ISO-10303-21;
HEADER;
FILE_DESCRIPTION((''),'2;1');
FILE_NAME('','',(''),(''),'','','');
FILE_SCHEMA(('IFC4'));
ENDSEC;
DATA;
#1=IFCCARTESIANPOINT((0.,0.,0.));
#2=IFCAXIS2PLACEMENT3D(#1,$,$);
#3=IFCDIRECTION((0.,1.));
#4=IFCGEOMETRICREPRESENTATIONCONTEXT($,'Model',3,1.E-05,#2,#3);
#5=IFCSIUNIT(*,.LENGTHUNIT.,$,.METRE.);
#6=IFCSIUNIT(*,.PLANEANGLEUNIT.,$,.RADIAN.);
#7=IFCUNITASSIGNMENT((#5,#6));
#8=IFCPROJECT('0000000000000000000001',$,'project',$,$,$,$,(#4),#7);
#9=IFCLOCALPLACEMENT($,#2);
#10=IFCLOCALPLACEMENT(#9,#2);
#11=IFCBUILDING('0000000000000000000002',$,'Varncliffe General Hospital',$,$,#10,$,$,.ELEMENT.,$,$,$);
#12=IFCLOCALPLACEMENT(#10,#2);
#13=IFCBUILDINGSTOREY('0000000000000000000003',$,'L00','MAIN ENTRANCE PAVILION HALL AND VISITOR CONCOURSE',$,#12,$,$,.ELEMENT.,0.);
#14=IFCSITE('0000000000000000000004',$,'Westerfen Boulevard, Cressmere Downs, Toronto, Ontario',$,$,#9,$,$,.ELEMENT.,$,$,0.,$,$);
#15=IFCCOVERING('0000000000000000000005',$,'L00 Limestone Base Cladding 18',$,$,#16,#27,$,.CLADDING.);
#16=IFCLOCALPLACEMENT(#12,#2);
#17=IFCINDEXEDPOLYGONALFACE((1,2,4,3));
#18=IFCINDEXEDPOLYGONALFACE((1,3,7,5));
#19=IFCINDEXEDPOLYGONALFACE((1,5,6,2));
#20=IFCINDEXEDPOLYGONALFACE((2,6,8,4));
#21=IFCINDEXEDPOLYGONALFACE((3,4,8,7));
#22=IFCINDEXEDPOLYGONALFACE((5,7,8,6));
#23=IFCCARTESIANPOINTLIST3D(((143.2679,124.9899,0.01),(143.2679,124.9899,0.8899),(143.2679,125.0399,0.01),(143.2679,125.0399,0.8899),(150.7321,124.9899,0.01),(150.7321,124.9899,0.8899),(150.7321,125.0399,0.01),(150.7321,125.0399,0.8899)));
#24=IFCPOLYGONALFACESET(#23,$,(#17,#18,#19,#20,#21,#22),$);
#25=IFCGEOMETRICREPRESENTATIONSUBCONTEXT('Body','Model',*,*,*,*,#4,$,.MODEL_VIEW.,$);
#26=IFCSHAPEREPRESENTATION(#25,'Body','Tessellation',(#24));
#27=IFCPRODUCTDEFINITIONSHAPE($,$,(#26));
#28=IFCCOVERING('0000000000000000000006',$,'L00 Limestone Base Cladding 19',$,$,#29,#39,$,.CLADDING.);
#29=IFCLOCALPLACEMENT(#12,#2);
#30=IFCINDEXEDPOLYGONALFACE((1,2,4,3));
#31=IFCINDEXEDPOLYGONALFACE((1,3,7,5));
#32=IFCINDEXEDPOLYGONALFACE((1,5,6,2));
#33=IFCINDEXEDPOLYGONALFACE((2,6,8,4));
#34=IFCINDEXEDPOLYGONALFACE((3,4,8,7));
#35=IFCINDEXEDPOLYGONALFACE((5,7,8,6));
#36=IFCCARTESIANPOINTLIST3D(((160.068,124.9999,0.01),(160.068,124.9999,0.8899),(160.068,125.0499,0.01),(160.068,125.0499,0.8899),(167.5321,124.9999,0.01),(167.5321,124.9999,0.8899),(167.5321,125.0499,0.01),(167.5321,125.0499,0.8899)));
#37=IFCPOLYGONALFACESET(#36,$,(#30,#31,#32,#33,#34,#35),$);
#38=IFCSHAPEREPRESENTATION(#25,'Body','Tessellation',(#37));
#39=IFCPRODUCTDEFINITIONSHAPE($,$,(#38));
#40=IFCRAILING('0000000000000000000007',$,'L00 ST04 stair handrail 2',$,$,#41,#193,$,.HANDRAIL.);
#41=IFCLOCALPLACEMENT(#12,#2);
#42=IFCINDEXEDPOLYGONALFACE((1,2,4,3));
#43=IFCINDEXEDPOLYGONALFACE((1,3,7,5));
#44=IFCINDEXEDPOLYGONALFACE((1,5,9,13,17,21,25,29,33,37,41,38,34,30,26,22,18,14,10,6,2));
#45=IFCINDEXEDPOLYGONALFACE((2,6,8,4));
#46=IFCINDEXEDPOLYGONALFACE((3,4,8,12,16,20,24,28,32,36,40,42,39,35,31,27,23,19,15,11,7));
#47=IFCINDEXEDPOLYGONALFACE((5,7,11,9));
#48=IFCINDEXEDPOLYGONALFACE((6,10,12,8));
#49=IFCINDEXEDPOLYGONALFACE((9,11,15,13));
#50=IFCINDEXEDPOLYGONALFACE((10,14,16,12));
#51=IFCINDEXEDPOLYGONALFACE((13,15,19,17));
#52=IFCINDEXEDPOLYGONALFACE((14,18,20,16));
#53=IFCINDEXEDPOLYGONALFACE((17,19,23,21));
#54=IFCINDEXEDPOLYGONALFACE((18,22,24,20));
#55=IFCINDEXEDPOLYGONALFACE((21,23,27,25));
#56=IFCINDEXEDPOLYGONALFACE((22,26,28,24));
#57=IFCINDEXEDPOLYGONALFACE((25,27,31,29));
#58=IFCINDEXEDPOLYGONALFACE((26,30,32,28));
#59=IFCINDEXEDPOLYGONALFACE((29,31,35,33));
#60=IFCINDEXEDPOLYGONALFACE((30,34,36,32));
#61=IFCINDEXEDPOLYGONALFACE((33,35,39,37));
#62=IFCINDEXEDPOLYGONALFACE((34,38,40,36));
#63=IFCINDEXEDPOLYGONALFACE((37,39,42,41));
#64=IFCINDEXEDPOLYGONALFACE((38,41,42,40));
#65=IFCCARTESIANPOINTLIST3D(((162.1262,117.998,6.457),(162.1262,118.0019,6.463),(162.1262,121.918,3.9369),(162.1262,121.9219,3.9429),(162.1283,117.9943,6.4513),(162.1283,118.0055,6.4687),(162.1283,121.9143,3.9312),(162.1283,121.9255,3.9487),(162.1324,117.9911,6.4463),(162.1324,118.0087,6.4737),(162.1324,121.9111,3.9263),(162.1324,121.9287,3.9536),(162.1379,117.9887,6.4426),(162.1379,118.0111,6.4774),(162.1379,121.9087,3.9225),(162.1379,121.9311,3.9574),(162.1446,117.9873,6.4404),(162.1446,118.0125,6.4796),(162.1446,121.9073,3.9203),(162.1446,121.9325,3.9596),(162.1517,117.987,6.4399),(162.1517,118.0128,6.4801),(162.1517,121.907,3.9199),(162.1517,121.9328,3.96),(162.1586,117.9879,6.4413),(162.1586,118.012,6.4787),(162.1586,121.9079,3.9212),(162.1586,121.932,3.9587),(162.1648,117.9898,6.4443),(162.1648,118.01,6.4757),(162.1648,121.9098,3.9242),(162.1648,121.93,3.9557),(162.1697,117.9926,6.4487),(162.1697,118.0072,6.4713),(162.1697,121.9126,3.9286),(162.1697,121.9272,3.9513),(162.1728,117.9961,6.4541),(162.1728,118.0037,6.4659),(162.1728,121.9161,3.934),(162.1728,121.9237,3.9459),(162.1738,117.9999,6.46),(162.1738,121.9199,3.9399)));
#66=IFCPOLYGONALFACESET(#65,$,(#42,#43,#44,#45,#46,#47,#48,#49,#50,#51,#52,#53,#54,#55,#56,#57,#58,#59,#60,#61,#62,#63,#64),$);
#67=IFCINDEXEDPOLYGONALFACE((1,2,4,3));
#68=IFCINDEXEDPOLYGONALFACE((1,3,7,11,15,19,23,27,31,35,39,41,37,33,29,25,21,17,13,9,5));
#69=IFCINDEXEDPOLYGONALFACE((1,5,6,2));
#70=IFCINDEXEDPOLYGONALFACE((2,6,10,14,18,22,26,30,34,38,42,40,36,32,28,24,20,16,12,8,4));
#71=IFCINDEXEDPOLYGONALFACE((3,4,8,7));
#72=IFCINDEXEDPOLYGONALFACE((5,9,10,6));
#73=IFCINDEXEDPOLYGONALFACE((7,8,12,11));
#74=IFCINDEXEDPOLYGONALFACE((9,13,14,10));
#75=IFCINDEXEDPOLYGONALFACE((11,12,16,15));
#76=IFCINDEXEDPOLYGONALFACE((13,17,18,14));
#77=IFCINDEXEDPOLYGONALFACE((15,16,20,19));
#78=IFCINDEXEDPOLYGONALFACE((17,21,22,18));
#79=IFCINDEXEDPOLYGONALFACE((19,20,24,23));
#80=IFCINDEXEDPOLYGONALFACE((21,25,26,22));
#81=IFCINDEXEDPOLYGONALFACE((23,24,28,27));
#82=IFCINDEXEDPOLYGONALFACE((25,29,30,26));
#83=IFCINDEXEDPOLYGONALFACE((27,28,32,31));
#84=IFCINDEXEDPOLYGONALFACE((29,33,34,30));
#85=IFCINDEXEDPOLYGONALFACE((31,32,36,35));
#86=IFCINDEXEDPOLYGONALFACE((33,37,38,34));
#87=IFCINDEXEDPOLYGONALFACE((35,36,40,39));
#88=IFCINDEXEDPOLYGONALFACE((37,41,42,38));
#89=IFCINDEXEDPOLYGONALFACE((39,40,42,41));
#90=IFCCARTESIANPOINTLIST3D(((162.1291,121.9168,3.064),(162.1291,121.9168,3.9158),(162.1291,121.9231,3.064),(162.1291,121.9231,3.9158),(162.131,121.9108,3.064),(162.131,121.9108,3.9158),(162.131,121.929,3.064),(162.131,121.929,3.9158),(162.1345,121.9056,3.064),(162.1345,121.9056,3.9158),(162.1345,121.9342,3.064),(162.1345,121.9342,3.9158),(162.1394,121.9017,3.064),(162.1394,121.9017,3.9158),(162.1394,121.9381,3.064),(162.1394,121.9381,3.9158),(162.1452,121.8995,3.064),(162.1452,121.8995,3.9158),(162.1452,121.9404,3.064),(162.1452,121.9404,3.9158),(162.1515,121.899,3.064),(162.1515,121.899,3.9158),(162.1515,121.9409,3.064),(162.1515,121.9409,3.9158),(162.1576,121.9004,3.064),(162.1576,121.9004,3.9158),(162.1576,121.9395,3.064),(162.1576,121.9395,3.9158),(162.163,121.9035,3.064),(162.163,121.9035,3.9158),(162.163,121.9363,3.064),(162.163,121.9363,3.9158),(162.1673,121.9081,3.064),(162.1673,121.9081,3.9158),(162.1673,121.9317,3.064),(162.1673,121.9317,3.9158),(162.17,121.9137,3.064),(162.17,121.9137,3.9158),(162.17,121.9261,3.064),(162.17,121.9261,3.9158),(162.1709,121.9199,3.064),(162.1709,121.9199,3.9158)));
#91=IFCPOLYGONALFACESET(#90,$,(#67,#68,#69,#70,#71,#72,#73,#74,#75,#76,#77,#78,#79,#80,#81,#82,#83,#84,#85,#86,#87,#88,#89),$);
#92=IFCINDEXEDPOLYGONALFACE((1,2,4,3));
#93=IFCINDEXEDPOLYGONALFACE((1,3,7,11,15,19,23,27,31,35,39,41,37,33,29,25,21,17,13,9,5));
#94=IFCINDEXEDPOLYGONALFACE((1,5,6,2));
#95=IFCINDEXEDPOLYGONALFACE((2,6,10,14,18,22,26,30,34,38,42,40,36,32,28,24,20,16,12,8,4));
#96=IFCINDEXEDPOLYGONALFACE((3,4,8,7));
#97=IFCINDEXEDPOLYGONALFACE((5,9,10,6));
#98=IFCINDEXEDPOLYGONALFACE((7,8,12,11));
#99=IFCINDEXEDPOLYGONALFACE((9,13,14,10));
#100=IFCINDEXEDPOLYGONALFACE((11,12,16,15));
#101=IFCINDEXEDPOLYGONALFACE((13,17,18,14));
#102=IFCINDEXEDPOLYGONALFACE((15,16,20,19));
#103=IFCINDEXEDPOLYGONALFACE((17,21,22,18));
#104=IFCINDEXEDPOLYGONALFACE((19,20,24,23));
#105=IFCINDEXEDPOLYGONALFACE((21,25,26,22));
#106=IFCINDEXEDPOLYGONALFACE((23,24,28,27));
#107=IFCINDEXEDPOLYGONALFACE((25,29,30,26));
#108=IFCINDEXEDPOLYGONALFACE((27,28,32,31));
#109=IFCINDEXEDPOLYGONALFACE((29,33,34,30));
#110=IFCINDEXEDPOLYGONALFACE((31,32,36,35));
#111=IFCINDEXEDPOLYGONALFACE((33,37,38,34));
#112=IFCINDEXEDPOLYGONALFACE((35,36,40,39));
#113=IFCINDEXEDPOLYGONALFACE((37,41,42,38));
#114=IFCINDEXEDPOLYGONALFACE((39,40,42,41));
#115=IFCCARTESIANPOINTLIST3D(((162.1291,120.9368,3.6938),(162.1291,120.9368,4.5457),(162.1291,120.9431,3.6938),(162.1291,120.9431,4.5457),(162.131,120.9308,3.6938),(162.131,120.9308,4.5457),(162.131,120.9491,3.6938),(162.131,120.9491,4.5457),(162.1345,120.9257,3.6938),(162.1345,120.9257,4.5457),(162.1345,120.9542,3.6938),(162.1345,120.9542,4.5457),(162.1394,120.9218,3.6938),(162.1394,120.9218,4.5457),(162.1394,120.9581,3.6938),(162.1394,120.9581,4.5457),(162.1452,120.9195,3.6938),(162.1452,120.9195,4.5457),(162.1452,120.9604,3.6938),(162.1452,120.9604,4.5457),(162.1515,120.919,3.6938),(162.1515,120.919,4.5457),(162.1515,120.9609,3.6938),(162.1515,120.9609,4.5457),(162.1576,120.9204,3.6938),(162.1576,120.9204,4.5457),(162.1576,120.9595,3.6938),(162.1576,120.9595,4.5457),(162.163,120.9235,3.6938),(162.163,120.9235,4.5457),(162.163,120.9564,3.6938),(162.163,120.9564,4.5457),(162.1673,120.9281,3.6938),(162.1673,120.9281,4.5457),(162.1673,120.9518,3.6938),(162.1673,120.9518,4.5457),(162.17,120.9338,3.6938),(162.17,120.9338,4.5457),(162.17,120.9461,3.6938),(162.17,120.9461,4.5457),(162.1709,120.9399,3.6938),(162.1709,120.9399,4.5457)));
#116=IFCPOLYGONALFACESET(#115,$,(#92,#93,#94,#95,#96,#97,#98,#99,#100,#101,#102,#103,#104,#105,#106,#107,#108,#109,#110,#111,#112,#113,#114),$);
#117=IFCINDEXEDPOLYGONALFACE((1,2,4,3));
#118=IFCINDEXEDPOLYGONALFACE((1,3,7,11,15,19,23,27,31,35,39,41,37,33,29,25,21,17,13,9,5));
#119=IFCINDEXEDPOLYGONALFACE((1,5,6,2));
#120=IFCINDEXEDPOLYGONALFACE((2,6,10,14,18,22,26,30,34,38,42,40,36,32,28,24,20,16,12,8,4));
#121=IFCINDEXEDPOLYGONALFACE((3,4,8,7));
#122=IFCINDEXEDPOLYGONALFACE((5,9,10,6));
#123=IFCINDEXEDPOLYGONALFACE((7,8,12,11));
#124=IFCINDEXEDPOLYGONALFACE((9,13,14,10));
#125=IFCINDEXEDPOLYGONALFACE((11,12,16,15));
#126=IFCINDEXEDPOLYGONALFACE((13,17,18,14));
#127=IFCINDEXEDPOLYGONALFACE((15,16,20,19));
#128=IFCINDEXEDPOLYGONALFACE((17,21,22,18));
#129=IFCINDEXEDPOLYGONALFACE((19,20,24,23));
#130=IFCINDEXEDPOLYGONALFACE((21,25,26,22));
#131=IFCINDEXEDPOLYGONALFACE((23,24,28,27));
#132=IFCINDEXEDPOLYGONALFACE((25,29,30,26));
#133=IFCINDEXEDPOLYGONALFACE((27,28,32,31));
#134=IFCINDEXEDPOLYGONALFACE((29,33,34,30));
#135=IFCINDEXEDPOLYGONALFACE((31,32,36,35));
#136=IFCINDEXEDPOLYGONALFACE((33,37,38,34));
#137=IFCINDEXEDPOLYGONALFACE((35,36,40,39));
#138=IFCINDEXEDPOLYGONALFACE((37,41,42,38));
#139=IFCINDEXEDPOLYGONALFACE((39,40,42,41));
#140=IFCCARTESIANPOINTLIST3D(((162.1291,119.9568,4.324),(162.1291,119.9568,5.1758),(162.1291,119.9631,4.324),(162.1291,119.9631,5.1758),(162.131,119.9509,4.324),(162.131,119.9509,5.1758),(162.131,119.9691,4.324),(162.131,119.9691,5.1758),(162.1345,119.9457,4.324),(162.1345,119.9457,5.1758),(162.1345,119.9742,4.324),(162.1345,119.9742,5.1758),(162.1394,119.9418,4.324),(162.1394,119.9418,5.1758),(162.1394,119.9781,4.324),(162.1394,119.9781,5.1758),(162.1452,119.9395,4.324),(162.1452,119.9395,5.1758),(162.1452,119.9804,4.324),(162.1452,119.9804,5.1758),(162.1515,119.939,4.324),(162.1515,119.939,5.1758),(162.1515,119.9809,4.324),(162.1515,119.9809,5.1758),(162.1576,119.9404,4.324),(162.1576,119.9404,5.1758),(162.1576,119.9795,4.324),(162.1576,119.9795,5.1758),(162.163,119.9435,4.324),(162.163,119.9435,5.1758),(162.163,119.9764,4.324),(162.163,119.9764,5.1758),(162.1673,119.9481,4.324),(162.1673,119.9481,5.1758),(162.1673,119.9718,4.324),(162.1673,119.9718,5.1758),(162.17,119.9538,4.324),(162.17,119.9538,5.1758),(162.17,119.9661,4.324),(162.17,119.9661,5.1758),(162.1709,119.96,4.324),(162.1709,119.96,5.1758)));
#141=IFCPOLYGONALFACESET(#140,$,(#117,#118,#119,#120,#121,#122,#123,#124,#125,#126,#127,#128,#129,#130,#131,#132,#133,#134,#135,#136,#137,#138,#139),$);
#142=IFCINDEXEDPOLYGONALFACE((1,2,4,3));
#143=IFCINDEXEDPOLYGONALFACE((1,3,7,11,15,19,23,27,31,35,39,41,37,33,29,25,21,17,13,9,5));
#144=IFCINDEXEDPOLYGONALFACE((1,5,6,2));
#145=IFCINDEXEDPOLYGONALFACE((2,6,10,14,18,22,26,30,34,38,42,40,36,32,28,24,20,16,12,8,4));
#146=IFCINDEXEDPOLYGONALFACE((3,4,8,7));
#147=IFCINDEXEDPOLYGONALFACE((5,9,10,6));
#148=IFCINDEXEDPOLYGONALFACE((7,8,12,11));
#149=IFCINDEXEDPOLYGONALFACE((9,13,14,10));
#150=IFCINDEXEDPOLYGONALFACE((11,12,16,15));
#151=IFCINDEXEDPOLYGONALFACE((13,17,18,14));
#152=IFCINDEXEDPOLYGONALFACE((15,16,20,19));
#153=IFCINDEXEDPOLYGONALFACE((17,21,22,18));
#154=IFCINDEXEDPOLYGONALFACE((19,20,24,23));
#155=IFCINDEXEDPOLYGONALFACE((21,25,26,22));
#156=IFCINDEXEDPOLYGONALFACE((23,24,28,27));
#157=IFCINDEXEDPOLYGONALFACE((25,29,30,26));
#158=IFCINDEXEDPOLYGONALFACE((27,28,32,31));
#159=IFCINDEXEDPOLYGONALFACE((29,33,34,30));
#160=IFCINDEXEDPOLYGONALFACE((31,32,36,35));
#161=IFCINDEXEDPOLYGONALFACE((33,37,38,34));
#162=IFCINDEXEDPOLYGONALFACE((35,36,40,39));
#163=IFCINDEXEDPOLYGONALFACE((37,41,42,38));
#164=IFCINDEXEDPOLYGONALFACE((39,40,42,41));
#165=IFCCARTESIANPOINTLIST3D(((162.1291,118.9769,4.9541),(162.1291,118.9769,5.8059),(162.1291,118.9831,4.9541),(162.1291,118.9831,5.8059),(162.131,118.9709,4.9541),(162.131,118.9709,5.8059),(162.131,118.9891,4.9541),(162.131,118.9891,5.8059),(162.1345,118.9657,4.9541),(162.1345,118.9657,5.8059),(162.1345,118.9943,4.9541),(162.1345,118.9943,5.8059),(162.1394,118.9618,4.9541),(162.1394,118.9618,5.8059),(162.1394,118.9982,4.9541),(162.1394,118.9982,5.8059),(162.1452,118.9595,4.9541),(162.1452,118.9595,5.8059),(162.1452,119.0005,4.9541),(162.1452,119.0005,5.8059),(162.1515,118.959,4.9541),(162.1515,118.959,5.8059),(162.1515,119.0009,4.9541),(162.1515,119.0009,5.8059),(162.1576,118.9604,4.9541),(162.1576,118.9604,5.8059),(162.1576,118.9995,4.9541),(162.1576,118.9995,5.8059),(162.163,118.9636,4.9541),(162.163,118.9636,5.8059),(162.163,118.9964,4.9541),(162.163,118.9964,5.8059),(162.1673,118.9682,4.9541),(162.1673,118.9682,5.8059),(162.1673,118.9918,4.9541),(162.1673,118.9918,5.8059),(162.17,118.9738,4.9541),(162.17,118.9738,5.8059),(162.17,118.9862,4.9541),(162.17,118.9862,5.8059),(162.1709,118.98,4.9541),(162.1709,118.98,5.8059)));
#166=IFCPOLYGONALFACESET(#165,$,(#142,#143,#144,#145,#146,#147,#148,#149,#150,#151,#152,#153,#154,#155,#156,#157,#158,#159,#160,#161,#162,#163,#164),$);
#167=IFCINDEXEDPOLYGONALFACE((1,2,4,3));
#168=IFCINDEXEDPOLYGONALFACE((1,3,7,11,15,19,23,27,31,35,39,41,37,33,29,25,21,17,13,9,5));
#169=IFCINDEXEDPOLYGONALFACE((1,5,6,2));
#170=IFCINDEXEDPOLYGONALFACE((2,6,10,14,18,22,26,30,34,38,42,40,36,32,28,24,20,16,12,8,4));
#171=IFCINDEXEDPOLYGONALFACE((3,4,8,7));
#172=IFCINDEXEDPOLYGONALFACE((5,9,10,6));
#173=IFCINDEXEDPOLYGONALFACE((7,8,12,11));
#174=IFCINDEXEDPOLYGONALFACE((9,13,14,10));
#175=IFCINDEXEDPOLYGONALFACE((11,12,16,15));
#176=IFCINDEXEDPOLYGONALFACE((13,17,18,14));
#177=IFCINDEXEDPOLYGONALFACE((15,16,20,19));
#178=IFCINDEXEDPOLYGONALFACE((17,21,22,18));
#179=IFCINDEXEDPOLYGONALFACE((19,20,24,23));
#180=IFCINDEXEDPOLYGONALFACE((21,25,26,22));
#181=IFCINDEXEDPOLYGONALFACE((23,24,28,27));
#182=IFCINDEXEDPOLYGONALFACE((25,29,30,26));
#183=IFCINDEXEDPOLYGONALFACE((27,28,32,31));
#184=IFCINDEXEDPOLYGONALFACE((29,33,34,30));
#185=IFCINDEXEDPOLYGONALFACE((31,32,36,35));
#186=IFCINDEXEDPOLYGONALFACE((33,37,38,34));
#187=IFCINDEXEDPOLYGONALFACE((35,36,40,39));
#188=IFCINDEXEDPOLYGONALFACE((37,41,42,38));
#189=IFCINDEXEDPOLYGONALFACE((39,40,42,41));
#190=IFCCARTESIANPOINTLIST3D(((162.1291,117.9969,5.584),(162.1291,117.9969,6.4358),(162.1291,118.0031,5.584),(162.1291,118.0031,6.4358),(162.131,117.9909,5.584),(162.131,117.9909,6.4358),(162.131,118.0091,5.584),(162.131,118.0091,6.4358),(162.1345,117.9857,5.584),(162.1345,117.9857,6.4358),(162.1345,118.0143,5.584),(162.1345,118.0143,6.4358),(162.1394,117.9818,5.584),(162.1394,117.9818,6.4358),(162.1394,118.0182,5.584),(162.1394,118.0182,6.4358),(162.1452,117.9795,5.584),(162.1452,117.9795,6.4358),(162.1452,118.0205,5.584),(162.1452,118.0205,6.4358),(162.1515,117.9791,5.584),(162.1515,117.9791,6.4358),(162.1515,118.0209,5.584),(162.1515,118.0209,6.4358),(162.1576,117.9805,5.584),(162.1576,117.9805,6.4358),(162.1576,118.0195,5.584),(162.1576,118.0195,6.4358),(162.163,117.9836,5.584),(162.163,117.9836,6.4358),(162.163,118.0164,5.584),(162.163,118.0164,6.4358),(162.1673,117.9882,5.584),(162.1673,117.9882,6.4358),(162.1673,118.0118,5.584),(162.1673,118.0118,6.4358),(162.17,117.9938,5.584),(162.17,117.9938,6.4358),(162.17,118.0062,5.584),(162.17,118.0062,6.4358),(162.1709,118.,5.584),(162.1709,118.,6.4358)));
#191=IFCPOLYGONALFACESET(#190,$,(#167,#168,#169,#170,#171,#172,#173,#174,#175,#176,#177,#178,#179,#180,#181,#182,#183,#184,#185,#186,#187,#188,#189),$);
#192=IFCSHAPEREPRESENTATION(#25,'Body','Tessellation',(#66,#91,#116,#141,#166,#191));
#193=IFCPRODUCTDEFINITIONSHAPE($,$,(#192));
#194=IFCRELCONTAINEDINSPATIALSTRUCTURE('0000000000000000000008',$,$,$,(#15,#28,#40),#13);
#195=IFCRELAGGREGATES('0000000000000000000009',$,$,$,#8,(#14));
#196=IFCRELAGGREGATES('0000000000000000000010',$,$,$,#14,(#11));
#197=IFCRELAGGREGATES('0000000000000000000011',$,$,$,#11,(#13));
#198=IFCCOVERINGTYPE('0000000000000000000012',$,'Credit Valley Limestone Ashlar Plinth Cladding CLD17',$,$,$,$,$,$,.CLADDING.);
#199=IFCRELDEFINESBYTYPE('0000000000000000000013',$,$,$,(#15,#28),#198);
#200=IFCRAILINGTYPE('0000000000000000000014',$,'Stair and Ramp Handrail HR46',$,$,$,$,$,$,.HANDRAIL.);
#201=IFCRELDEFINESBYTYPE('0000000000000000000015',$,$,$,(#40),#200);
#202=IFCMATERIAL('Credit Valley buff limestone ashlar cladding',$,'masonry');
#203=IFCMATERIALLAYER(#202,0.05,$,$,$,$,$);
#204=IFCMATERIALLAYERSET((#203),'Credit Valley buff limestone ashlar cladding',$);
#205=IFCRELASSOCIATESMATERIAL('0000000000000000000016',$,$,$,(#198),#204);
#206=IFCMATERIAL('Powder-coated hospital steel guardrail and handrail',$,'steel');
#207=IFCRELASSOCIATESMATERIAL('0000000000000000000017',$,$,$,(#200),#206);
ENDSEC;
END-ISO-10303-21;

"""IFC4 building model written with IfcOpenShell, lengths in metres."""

from ifc_helpers import new_model, si_unit, direction, frame, origin, origin_2d, place, context, subcontext, project, spatial, rectangle, circle, extrude, material, layer, layer_set, type_object, element, save


model = new_model("IFC4")

# Units and contexts
model_context = context("Model", 3, precision=1e-05, world=origin(), true_north=direction((0.0, 1.0)))
body_context = subcontext(model_context, "Body", "Model", "MODEL_VIEW")
ifc_project = project(units=[si_unit("LENGTHUNIT", "METRE"), si_unit("PLANEANGLEUNIT", "RADIAN")], contexts=[model_context])

# Site, building, storey
site_placement = place(None, origin())
site = spatial("IfcSite", under=ifc_project, at=site_placement, Name="Westerfen Boulevard, Cressmere Downs, Toronto, Ontario", CompositionType="ELEMENT", RefElevation=0.0)
building_placement = place(site_placement, origin())
building = spatial("IfcBuilding", under=site, at=building_placement, Name="Varncliffe General Hospital", CompositionType="ELEMENT")
storey_placement = place(building_placement, origin())
storey = spatial("IfcBuildingStorey", under=building, at=storey_placement, Name="L00", Description="MAIN ENTRANCE PAVILION HALL AND VISITOR CONCOURSE", CompositionType="ELEMENT", Elevation=0.0)

# Coverings
ifc_material_1 = material(Name="Credit Valley buff limestone ashlar cladding", Category="masonry")
ifc_layer_1 = layer(ifc_material_1, 0.05)
ifc_layer_set_1 = layer_set([ifc_layer_1], Name="Credit Valley buff limestone ashlar cladding")
covering_type = type_object("IfcCoveringType", Name="Credit Valley Limestone Ashlar Plinth Cladding CLD17", PredefinedType="CLADDING", material=ifc_layer_set_1)
for number, where, z_axis, x_axis, name in (
    (1, (147.0, 125.0149, 0.01), (0.0, 0.0, 1.0), (1.0, 0.0, 0.0), "L00 Limestone Base Cladding 18"),
    (2, (163.8, 125.0249, 0.01), (0.0, 0.0, 1.0), (1.0, 0.0, 0.0), "L00 Limestone Base Cladding 19"),
):
    element("IfcCovering", number, at=place(storey_placement, frame(where, z_axis=z_axis, x_axis=x_axis)), inside=storey, type_object=covering_type, Name=name, PredefinedType="CLADDING", context=body_context, shape_type="SweptSolid", body=[
        extrude(rectangle(XDim=7.4641, YDim=0.05, at=origin_2d()), origin(), (0.0, 0.0, 1.0), 0.8799),
    ])

# Railing
ifc_material_2 = material(Name="Powder-coated hospital steel guardrail and handrail", Category="steel")
railing_type_1 = type_object("IfcRailingType", Name="Stair and Ramp Handrail HR46", PredefinedType="HANDRAIL", material=ifc_material_2)
railing_1_placement = place(storey_placement, frame((162.1499, 121.9199, 3.064)))
element("IfcRailing", 3, at=railing_1_placement, inside=storey, type_object=railing_type_1, Name="L00 ST04 stair handrail 2", PredefinedType="HANDRAIL", context=body_context, shape_type="SweptSolid", body=[
    extrude(circle(Radius=0.0239, at=origin_2d()), frame((0.0, 0.0, 0.876), z_axis=(0.0, -0.841172, 0.540768), x_axis=(1.0, 0.0, 0.0)), (0.0, 0.0, 1.0), 4.6602),
    extrude(circle(Radius=0.021, at=origin_2d()), origin(), (0.0, 0.0, 1.0), 0.8518),
    extrude(circle(Radius=0.021, at=origin_2d()), frame((0.0, -0.98, 0.6299)), (0.0, 0.0, 1.0), 0.8518),
    extrude(circle(Radius=0.021, at=origin_2d()), frame((0.0, -1.96, 1.26)), (0.0, 0.0, 1.0), 0.8518),
    extrude(circle(Radius=0.021, at=origin_2d()), frame((0.0, -2.9399, 1.8901)), (0.0, 0.0, 1.0), 0.8518),
    extrude(circle(Radius=0.021, at=origin_2d()), frame((0.0, -3.9199, 2.52)), (0.0, 0.0, 1.0), 0.8518),
])

save(model, "model.ifc")
